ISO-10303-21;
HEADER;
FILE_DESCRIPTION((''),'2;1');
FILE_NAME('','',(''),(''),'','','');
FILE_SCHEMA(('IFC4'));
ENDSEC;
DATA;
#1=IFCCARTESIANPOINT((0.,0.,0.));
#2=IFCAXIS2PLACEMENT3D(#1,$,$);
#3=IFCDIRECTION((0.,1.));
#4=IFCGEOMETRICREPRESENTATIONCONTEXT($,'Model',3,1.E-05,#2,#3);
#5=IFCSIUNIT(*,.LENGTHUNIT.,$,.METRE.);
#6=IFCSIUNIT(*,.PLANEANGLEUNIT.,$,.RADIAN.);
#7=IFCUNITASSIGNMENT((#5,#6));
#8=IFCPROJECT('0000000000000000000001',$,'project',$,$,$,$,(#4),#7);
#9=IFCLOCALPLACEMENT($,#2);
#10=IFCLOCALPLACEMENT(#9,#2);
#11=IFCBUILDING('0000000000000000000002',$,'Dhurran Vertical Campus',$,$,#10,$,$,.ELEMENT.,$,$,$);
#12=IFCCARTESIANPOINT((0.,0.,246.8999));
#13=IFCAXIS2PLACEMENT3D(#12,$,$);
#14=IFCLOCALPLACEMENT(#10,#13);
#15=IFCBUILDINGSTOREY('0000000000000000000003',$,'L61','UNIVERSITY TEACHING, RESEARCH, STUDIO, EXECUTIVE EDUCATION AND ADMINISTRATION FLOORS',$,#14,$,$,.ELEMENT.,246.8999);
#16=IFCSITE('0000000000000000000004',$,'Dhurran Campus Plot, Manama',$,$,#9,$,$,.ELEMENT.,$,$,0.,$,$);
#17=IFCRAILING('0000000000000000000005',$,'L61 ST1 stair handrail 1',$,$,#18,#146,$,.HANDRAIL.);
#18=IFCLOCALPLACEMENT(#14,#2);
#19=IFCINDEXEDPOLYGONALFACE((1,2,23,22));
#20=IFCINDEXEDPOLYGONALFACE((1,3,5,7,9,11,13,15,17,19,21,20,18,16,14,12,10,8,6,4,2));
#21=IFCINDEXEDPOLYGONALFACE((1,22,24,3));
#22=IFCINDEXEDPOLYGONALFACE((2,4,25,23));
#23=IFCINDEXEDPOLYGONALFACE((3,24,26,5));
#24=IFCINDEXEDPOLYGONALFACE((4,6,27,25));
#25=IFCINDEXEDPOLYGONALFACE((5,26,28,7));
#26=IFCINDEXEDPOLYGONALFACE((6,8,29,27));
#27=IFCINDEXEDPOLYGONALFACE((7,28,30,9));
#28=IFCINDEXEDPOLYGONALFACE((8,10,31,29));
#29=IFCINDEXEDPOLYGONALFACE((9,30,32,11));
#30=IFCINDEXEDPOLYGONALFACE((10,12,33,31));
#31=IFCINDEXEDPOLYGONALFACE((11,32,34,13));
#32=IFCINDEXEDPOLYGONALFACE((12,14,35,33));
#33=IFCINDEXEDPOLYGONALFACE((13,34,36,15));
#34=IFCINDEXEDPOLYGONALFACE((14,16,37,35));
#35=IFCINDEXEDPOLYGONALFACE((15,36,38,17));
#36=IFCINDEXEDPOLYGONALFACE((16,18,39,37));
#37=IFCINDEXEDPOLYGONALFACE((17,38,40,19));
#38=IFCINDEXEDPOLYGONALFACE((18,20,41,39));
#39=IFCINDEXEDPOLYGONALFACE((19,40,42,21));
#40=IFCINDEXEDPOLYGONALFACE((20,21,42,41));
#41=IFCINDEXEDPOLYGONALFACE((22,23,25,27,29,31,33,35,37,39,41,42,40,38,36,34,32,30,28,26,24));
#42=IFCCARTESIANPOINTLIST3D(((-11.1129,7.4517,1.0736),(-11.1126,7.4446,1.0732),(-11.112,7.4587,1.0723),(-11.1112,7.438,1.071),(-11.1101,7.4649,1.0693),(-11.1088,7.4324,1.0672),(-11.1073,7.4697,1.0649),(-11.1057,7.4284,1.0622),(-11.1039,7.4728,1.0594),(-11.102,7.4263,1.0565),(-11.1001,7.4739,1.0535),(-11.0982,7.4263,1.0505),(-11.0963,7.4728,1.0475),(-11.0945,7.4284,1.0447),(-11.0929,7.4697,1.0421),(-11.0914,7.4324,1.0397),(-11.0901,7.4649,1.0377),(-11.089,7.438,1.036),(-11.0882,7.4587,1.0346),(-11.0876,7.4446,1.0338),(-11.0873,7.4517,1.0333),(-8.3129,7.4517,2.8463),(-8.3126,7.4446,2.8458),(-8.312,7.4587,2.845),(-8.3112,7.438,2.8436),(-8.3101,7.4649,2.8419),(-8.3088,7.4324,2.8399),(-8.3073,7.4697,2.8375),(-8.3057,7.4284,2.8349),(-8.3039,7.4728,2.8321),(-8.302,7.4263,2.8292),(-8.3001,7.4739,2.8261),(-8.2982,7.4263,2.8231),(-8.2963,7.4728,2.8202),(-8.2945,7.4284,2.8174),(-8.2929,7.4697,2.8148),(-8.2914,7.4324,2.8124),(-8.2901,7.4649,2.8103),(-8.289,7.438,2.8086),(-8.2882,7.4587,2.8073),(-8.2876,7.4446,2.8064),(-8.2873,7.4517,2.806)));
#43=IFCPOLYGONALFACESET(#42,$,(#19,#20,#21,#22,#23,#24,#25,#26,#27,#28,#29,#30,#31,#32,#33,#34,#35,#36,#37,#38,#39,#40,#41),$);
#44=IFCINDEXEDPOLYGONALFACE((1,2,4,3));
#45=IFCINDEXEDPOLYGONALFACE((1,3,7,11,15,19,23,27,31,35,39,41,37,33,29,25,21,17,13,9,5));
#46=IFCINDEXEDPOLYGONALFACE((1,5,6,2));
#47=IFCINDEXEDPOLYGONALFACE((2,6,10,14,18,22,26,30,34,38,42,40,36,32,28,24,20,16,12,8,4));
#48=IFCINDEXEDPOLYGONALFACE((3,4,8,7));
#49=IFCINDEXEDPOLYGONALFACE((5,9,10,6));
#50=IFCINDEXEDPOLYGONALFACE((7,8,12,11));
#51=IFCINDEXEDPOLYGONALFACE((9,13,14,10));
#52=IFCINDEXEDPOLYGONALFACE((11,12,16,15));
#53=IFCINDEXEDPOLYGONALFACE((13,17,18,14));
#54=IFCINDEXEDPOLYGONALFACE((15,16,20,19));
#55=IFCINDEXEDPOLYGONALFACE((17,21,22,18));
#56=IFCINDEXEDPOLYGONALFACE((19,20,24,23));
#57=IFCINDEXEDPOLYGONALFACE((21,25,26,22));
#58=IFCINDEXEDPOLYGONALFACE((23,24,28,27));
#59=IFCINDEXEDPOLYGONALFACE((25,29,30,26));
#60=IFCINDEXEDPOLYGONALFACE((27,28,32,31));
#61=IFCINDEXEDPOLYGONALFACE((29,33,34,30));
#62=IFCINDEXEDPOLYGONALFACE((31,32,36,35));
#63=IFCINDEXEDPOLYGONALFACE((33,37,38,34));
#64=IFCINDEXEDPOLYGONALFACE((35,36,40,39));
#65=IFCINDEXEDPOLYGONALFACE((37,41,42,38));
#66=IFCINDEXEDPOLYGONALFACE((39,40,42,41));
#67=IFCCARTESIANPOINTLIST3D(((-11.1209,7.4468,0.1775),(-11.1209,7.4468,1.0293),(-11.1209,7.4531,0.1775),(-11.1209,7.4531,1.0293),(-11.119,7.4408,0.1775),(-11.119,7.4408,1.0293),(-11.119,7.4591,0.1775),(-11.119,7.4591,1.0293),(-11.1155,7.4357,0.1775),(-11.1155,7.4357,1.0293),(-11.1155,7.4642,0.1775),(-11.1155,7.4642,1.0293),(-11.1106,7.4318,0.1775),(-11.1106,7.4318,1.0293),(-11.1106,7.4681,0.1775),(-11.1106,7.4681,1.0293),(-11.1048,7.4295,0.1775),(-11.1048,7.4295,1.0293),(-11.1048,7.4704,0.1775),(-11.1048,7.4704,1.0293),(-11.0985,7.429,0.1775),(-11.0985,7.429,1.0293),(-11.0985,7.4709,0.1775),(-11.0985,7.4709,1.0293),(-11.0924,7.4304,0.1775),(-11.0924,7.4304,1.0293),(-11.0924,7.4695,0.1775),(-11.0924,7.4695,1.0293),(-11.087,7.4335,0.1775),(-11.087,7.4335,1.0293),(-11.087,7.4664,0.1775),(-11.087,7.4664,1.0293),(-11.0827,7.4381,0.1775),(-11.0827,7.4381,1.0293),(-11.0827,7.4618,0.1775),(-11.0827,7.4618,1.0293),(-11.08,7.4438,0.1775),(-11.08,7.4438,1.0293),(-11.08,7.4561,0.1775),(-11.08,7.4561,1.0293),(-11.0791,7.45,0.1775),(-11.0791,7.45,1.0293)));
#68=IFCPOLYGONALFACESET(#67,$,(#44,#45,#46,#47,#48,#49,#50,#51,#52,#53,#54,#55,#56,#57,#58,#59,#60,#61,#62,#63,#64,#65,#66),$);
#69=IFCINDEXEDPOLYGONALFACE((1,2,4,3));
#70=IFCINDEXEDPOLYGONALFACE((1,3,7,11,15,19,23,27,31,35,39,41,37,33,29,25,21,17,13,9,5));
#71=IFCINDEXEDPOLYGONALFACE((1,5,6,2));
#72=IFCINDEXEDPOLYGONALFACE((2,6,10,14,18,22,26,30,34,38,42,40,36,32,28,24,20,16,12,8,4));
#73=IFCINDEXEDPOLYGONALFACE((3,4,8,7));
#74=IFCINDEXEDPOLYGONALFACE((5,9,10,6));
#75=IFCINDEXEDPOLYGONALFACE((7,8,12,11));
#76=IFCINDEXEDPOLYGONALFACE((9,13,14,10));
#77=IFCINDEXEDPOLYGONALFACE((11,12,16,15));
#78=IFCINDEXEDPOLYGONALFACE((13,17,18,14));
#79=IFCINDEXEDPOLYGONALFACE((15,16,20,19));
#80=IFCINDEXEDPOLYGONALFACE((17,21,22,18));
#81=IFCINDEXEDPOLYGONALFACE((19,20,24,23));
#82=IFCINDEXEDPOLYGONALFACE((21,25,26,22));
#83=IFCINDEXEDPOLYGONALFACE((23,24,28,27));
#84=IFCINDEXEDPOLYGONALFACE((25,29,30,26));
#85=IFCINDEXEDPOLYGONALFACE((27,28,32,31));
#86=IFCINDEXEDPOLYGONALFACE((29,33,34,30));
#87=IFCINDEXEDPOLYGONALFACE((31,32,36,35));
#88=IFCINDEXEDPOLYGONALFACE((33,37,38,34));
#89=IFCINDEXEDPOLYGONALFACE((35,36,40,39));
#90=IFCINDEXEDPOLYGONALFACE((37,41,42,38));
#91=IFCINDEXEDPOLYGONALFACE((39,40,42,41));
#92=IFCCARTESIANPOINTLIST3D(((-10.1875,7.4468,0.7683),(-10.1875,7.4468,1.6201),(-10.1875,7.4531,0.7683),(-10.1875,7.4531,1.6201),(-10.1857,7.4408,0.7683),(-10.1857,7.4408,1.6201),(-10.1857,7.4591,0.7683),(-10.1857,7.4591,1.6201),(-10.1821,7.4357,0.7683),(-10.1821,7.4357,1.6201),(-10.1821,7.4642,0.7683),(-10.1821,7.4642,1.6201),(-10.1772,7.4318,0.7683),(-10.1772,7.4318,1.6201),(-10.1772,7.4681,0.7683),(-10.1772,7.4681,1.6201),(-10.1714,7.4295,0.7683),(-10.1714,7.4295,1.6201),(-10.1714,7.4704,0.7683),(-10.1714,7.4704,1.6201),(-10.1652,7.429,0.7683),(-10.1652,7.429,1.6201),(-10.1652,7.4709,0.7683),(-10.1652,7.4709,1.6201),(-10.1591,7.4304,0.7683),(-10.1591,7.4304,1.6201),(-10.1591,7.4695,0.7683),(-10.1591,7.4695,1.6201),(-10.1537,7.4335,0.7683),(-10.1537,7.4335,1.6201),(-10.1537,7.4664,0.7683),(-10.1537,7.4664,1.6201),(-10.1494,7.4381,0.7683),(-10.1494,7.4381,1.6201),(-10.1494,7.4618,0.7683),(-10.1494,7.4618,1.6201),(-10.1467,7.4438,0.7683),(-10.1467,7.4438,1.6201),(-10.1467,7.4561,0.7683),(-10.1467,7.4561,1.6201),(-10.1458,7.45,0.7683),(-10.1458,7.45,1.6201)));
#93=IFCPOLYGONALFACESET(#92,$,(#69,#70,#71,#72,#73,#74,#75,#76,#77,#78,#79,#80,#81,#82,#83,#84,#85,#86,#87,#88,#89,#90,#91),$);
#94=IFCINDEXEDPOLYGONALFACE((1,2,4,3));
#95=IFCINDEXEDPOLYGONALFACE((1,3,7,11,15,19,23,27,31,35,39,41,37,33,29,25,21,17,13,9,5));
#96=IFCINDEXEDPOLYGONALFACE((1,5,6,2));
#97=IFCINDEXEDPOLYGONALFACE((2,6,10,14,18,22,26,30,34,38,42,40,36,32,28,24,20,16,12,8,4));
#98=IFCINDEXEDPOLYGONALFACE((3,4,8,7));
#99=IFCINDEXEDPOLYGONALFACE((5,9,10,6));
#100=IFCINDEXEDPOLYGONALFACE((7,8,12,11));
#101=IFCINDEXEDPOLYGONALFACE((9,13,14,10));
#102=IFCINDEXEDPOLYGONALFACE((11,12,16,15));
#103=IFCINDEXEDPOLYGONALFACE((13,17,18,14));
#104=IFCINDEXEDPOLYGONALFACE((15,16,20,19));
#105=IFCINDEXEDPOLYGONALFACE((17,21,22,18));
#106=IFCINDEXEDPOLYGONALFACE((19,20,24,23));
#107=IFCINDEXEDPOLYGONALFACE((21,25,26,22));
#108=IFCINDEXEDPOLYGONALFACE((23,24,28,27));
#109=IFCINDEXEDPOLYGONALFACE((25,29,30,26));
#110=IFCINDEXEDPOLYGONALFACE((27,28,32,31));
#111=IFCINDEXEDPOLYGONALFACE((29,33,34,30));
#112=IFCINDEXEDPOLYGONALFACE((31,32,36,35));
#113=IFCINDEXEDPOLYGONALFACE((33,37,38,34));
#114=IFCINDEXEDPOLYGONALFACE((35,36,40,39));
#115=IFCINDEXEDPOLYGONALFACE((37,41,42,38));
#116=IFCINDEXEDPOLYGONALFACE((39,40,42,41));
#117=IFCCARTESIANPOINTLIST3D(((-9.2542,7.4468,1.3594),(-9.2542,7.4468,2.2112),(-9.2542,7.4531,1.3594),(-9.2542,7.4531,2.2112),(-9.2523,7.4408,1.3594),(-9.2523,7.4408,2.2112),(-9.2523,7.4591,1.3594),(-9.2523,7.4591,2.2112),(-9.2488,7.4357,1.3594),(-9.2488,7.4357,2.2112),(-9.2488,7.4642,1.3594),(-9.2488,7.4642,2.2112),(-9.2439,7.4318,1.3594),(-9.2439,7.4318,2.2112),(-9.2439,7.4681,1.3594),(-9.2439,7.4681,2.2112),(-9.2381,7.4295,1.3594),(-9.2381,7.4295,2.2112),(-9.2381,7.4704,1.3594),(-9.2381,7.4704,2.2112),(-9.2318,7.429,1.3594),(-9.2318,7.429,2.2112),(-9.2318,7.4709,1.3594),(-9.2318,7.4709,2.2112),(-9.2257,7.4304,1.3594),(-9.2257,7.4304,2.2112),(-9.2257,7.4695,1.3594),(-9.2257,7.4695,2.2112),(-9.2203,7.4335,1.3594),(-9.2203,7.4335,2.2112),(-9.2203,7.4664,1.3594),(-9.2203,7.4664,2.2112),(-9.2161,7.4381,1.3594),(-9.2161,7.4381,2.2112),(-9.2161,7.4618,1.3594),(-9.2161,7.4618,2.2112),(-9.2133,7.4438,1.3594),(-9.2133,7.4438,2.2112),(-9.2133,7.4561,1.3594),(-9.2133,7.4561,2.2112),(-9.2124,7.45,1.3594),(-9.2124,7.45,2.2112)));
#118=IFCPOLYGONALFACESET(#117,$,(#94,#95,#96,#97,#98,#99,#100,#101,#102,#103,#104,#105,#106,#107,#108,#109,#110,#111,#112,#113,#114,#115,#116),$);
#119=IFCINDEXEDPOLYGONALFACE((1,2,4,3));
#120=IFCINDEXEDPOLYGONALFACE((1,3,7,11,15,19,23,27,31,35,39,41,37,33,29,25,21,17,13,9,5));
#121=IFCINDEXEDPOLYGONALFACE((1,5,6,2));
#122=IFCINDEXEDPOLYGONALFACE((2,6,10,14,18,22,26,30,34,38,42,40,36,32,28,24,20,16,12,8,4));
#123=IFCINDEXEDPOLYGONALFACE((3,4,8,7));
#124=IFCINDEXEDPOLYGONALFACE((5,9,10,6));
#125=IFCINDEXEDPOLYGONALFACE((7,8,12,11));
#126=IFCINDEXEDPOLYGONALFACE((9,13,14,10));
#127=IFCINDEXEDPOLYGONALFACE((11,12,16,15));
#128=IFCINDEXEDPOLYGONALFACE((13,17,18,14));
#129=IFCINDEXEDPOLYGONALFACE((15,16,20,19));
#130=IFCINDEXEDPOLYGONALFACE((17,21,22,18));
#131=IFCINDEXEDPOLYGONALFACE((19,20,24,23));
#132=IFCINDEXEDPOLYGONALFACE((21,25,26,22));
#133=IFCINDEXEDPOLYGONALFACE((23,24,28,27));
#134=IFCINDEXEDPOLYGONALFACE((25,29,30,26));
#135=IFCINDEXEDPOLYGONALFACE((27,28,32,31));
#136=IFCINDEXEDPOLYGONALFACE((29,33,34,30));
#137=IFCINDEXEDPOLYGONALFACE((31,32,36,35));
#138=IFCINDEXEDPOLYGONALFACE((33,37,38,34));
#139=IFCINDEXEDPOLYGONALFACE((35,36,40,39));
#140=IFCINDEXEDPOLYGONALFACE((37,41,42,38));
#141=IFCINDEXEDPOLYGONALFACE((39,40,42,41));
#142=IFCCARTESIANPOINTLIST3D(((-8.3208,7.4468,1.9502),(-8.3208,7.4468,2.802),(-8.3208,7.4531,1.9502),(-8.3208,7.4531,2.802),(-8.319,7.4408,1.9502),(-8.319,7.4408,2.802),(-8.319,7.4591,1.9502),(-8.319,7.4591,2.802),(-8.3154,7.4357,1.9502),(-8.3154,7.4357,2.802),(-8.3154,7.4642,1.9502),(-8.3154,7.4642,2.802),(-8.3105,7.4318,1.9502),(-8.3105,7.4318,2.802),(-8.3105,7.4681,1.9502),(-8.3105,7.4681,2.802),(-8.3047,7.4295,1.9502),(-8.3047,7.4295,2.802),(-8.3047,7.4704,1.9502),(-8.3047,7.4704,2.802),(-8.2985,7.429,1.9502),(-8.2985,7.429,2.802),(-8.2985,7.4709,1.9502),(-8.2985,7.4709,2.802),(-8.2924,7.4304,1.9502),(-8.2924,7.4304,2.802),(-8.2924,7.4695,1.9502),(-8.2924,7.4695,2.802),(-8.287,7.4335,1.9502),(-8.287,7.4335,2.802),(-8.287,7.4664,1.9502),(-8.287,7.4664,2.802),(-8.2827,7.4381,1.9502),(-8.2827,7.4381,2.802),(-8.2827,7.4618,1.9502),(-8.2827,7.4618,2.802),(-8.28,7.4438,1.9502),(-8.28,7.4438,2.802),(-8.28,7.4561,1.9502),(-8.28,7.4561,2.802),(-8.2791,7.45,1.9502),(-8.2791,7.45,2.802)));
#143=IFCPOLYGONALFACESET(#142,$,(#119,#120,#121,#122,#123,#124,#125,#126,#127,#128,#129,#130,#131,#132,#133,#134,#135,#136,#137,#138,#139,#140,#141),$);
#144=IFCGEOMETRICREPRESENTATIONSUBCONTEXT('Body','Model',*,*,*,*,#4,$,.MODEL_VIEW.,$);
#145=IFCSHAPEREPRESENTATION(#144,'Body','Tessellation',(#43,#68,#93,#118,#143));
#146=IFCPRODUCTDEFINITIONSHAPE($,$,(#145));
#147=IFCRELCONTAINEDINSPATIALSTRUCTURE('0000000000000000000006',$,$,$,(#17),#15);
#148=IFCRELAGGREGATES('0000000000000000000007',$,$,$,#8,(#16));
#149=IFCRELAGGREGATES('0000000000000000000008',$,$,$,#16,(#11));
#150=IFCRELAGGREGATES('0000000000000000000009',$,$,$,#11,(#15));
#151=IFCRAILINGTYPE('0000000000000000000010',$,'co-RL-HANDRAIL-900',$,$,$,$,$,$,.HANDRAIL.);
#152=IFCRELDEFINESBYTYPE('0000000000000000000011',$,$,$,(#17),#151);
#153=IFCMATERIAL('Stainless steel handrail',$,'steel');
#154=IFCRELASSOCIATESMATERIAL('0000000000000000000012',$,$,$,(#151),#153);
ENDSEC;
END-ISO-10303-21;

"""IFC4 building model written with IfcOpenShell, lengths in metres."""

from ifc_helpers import new_model, si_unit, direction, frame, origin, origin_2d, place, context, subcontext, project, spatial, circle, extrude, material, type_object, element, save


model = new_model("IFC4")

# Units and contexts
model_context = context("Model", 3, precision=1e-05, world=origin(), true_north=direction((0.0, 1.0)))
body_context = subcontext(model_context, "Body", "Model", "MODEL_VIEW")
ifc_project = project(units=[si_unit("LENGTHUNIT", "METRE"), si_unit("PLANEANGLEUNIT", "RADIAN")], contexts=[model_context])

# Site, building, storey
site_placement = place(None, origin())
site = spatial("IfcSite", under=ifc_project, at=site_placement, Name="Dhurran Campus Plot, Manama", CompositionType="ELEMENT", RefElevation=0.0)
building_placement = place(site_placement, origin())
building = spatial("IfcBuilding", under=site, at=building_placement, Name="Dhurran Vertical Campus", CompositionType="ELEMENT")
storey_placement = place(building_placement, frame((0.0, 0.0, 246.8999)))
storey = spatial("IfcBuildingStorey", under=building, at=storey_placement, Name="L61", Description="UNIVERSITY TEACHING, RESEARCH, STUDIO, EXECUTIVE EDUCATION AND ADMINISTRATION FLOORS", CompositionType="ELEMENT", Elevation=246.8999)

# Railing
ifc_material_1 = material(Name="Stainless steel handrail", Category="steel")
railing_type_1 = type_object("IfcRailingType", Name="co-RL-HANDRAIL-900", PredefinedType="HANDRAIL", material=ifc_material_1)
railing_1_placement = place(storey_placement, frame((-11.1001, 7.45, 0.1775)))
element("IfcRailing", 1, at=railing_1_placement, inside=storey, type_object=railing_type_1, Name="L61 ST1 stair handrail 1", PredefinedType="HANDRAIL", context=body_context, shape_type="SweptSolid", body=[
    extrude(circle(Radius=0.0239, at=origin_2d()), frame((0.0, 0.0, 0.876), z_axis=(0.844909, 0.0, 0.53491), x_axis=(0.0, 1.0, 0.0)), (0.0, 0.0, 1.0), 3.314),
    extrude(circle(Radius=0.021, at=origin_2d()), origin(), (0.0, 0.0, 1.0), 0.8518),
    extrude(circle(Radius=0.021, at=origin_2d()), frame((0.9333, 0.0, 0.5908)), (0.0, 0.0, 1.0), 0.8518),
    extrude(circle(Radius=0.021, at=origin_2d()), frame((1.8667, 0.0, 1.1819)), (0.0, 0.0, 1.0), 0.8518),
    extrude(circle(Radius=0.021, at=origin_2d()), frame((2.8, 0.0, 1.7727)), (0.0, 0.0, 1.0), 0.8518),
])

save(model, "model.ifc")
